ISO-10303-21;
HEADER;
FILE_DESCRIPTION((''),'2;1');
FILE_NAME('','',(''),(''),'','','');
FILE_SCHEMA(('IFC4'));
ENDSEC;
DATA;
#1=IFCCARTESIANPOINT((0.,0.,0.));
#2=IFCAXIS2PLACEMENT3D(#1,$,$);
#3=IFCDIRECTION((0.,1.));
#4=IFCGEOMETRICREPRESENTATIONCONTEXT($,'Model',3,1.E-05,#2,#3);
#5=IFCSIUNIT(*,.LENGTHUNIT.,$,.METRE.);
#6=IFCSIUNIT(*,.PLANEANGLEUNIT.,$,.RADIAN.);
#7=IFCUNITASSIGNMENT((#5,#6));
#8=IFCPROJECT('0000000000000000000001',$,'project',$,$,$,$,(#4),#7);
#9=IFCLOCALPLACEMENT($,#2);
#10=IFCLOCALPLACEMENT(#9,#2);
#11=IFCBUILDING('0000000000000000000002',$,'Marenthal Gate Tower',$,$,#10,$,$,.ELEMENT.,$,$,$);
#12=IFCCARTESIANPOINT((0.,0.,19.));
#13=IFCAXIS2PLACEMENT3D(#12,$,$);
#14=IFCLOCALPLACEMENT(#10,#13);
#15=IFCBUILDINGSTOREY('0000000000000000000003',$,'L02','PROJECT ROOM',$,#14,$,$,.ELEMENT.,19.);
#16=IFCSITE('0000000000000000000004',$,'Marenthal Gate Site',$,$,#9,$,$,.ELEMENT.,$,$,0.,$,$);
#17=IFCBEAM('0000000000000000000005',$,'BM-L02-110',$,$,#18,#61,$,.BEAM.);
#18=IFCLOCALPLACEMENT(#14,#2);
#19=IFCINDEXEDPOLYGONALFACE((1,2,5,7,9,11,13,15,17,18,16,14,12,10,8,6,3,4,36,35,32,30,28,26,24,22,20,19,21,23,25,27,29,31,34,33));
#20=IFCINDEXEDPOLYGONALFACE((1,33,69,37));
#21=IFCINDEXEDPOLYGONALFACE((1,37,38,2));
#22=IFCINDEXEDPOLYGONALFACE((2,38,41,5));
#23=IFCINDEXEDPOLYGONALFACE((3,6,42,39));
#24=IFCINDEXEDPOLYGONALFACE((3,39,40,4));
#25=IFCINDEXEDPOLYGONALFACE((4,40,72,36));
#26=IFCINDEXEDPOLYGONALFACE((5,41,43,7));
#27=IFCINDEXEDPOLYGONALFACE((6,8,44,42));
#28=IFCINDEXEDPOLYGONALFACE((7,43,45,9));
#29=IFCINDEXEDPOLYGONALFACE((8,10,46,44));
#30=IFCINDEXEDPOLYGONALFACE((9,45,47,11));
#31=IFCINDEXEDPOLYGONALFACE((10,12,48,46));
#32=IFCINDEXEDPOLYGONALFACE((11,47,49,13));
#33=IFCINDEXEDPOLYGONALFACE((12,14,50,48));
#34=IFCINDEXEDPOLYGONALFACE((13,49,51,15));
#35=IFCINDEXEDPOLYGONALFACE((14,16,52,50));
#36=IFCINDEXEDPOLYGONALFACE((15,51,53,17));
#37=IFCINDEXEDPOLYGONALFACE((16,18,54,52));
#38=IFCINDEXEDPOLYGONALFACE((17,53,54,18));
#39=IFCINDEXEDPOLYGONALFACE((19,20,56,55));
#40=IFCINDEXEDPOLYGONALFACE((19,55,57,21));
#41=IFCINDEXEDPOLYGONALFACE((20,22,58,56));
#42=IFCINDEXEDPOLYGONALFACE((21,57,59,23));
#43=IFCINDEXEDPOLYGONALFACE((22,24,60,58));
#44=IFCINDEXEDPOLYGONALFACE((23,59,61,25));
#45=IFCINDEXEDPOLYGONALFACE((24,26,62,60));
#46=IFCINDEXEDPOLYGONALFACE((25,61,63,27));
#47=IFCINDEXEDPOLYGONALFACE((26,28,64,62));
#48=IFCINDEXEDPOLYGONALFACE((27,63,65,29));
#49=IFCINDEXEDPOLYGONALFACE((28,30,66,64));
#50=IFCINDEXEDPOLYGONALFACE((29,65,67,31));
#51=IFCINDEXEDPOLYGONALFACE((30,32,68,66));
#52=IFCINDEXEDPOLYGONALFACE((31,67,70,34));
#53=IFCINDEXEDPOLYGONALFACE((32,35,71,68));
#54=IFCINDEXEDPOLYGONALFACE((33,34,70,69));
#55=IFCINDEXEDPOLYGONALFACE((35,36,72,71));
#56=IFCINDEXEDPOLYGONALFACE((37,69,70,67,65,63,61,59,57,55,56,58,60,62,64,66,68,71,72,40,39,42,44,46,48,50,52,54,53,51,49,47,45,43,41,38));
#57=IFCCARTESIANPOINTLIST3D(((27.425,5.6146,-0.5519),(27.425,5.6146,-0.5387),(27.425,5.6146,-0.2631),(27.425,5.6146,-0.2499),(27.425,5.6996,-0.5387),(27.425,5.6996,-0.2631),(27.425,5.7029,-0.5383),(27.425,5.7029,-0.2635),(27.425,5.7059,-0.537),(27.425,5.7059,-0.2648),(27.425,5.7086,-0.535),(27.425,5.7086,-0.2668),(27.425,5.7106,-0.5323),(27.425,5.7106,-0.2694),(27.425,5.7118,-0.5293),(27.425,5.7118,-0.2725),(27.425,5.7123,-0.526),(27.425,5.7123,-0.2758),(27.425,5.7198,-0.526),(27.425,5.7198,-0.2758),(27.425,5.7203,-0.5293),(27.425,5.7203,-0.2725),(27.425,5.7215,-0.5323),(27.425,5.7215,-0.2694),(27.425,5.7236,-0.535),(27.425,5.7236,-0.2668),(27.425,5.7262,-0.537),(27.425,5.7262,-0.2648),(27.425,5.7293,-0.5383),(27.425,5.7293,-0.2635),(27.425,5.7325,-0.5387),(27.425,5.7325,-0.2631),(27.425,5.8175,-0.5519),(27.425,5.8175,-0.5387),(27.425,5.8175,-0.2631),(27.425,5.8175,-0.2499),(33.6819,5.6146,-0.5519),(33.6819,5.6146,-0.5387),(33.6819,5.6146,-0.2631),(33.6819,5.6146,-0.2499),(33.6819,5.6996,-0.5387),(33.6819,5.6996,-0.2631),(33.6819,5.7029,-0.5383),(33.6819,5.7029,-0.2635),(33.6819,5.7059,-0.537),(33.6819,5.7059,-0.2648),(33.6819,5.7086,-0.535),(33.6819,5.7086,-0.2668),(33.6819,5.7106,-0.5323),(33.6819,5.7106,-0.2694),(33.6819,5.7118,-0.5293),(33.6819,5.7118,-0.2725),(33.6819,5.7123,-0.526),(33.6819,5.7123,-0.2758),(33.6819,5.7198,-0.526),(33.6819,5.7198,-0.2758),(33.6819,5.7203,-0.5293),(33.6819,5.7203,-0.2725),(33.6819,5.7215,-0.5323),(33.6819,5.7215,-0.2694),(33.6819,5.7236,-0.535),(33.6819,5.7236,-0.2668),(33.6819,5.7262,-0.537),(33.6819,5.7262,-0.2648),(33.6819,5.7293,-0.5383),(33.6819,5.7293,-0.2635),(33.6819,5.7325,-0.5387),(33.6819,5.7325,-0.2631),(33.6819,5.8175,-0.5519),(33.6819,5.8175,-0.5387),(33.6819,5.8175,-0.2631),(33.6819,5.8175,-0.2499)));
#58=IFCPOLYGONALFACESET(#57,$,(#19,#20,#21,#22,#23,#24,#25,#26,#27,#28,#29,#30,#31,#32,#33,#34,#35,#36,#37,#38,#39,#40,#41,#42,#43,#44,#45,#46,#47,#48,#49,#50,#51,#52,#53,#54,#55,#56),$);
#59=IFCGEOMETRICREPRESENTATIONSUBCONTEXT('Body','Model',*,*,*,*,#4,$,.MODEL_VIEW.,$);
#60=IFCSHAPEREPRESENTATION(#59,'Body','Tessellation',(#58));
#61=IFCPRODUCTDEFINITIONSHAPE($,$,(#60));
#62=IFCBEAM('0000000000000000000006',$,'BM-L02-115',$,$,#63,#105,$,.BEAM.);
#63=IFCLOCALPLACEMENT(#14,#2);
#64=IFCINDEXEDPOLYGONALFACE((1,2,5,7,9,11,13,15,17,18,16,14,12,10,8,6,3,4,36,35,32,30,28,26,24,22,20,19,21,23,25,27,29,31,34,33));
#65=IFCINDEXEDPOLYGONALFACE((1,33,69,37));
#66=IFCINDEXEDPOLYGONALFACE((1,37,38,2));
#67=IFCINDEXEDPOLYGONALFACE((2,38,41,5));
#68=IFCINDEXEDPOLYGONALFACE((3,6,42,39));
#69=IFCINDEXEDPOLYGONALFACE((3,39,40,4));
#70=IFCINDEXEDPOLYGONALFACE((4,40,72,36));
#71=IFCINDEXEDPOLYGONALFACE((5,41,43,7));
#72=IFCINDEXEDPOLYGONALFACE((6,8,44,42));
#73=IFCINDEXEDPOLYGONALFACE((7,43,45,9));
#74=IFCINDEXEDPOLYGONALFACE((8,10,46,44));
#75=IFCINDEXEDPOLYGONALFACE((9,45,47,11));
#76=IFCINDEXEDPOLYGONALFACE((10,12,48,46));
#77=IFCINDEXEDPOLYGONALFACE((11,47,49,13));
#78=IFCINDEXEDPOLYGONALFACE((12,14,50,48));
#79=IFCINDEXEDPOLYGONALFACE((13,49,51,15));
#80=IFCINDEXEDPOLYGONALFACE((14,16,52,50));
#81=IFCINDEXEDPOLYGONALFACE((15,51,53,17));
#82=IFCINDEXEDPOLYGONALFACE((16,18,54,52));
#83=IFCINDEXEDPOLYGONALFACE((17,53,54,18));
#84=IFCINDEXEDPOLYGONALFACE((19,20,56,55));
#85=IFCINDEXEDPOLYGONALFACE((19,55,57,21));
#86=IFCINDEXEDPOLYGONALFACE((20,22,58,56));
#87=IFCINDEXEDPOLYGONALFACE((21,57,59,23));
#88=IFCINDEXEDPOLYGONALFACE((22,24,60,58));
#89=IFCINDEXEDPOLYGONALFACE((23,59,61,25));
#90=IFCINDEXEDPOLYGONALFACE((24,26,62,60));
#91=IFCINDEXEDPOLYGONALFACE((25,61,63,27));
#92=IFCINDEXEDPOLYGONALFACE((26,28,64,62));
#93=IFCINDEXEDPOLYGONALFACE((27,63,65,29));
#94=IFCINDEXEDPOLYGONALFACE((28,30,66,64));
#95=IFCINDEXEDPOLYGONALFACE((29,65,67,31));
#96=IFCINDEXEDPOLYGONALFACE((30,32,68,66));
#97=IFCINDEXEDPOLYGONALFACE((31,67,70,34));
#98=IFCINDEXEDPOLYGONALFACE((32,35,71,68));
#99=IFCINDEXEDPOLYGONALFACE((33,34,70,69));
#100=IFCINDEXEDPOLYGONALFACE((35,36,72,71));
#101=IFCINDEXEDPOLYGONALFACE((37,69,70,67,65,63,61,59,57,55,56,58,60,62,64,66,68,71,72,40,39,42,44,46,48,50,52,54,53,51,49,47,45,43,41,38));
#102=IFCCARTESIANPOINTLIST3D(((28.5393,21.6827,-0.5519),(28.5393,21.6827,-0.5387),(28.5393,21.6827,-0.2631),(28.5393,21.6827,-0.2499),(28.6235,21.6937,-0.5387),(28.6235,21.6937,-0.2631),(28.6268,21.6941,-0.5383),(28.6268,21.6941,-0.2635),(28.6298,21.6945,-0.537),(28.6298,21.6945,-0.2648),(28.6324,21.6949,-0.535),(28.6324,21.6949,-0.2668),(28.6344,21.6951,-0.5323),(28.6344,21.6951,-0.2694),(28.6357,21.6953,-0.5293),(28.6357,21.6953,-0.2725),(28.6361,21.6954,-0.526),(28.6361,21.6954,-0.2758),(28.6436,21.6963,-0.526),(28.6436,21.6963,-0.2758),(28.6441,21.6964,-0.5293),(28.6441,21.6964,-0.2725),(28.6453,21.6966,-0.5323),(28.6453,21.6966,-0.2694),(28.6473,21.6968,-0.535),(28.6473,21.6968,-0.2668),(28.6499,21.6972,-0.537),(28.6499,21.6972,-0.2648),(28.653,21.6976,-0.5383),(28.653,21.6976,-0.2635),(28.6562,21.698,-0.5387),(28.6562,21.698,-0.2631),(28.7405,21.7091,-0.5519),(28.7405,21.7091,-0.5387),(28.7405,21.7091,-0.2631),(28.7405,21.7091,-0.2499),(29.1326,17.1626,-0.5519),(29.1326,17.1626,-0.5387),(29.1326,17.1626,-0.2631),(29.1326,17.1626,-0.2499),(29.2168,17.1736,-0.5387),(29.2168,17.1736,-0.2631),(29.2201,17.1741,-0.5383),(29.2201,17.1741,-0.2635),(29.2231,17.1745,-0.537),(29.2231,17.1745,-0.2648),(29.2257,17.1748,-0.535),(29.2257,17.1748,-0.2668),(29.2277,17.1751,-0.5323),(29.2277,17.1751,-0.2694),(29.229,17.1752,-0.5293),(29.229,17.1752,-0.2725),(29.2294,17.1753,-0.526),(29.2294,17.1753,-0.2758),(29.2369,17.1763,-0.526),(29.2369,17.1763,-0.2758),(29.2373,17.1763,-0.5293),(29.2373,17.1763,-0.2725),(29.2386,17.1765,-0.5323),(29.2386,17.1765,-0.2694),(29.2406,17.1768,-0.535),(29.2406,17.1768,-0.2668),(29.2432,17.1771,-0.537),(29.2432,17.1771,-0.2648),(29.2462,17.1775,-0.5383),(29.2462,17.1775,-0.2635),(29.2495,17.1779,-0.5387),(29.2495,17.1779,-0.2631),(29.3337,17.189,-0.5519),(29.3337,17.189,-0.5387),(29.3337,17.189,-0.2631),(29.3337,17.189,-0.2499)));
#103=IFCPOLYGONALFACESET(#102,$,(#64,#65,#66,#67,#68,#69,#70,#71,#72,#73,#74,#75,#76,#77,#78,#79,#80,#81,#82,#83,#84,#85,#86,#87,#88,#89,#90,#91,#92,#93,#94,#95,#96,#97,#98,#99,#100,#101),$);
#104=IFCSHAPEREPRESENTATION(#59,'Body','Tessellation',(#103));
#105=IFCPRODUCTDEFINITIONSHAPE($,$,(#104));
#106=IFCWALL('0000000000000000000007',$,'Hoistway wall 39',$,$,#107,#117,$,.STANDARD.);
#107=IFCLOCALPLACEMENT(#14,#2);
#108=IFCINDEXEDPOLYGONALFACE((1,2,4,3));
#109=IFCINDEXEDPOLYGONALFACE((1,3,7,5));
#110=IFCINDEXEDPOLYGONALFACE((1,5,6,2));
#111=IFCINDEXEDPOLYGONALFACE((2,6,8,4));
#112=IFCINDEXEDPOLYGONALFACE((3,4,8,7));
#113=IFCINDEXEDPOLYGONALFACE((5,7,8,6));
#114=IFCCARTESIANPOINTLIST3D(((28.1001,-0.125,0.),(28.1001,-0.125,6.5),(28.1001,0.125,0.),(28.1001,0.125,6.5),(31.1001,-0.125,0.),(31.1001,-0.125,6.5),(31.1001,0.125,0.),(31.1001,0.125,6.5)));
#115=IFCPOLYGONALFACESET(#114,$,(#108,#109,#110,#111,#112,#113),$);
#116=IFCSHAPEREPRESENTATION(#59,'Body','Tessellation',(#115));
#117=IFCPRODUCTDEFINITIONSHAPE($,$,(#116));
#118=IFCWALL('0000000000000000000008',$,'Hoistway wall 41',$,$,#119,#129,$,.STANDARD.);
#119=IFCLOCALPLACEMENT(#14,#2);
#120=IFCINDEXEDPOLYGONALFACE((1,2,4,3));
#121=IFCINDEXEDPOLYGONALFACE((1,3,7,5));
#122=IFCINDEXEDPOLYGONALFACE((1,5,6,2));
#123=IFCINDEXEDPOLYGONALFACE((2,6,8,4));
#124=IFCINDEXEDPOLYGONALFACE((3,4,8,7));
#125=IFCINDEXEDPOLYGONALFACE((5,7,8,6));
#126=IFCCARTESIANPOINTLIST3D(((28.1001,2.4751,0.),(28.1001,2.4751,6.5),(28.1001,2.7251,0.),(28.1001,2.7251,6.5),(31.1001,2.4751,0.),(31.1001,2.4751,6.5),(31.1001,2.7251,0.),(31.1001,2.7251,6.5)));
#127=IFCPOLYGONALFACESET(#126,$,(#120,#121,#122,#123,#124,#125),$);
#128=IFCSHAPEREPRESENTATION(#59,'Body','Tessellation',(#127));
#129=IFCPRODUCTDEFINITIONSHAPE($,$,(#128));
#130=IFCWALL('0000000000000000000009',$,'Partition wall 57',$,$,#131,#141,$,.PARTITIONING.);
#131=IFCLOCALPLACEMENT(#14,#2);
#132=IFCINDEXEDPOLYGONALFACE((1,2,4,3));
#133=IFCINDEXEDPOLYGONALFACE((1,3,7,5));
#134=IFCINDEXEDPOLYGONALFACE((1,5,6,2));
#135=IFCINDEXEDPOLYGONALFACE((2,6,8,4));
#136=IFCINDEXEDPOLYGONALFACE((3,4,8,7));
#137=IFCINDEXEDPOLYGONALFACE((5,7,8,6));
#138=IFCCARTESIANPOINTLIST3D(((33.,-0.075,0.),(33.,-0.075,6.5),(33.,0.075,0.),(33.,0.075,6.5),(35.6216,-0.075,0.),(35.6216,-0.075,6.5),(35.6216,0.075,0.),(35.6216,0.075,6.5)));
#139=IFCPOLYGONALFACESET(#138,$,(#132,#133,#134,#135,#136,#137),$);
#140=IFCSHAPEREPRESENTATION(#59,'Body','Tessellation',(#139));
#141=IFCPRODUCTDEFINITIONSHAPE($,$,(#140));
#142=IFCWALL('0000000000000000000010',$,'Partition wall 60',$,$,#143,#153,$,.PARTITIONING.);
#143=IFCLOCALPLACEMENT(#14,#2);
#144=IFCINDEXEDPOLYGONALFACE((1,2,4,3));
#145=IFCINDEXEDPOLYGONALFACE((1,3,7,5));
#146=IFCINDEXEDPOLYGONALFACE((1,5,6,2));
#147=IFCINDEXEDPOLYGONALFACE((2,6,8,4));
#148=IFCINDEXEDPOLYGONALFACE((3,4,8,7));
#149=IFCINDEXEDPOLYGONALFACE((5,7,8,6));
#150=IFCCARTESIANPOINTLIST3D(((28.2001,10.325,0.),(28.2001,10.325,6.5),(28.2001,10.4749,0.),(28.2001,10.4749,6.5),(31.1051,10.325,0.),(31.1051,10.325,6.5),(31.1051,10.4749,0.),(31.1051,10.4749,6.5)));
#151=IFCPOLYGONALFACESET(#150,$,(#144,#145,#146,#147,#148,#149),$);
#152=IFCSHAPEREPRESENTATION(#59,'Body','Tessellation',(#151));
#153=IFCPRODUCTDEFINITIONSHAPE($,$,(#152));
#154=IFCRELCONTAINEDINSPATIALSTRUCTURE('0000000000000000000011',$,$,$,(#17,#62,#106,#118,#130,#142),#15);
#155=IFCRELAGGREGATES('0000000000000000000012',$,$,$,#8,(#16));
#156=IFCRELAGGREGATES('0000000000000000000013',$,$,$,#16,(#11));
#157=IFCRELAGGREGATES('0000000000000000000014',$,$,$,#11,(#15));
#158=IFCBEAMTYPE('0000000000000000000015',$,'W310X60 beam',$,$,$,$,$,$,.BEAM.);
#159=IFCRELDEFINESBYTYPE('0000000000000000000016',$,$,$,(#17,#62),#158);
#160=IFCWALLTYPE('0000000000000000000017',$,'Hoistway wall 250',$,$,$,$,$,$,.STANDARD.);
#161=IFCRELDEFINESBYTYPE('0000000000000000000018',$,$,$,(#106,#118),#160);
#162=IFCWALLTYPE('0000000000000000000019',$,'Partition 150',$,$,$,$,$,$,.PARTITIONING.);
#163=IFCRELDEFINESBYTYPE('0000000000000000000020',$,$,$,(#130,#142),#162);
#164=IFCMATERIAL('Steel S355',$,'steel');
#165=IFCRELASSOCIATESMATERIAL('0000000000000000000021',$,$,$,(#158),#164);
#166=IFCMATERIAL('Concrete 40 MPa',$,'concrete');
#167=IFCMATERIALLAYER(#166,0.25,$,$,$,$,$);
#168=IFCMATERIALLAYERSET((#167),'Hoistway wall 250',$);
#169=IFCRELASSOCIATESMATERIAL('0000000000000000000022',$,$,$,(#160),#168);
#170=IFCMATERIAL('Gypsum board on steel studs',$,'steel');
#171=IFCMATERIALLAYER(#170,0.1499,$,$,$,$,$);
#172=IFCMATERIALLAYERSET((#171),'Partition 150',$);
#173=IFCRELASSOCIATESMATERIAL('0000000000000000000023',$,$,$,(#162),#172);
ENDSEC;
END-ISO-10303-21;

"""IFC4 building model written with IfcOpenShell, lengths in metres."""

from ifc_helpers import new_model, si_unit, direction, frame, frame_2d, origin, origin_2d, place, context, subcontext, project, spatial, rectangle, i_section, extrude, material, layer, layer_set, material_profile, profile_set, type_object, element, save


model = new_model("IFC4")

# Units and contexts
model_context = context("Model", 3, precision=1e-05, world=origin(), true_north=direction((0.0, 1.0)))
body_context = subcontext(model_context, "Body", "Model", "MODEL_VIEW")
ifc_project = project(units=[si_unit("LENGTHUNIT", "METRE"), si_unit("PLANEANGLEUNIT", "RADIAN")], contexts=[model_context])

# Site, building, storey
site_placement = place(None, origin())
site = spatial("IfcSite", under=ifc_project, at=site_placement, Name="Marenthal Gate Site", CompositionType="ELEMENT", RefElevation=0.0)
building_placement = place(site_placement, origin())
building = spatial("IfcBuilding", under=site, at=building_placement, Name="Marenthal Gate Tower", CompositionType="ELEMENT")
storey_placement = place(building_placement, frame((0.0, 0.0, 19.0)))
storey = spatial("IfcBuildingStorey", under=building, at=storey_placement, Name="L02", Description="PROJECT ROOM", CompositionType="ELEMENT", Elevation=19.0)

# Beams
ifc_material_1 = material(Name="Steel S355", Category="steel")
ifc_material_profile_1 = material_profile(ifc_material_1, i_section(OverallWidth=0.2029, OverallDepth=0.302, WebThickness=0.0076, FlangeThickness=0.0132, FilletRadius=0.0127, at=origin_2d()), Name="W310X60")
ifc_profile_set_1 = profile_set([ifc_material_profile_1], Name="Steel S355")
beam_type_1 = type_object("IfcBeamType", Name="W310X60 beam", PredefinedType="BEAM", material=ifc_profile_set_1)
beam_1_placement = place(storey_placement, frame((27.425, 5.7161, -0.4009), z_axis=(1.0, 0.0, 0.0), x_axis=(0.0, 1.0, 0.0)))
element("IfcBeam", 1, at=beam_1_placement, inside=storey, type_object=beam_type_1, Name="BM-L02-110", PredefinedType="BEAM", context=body_context, shape_type="SweptSolid", body=[
    extrude(i_section(OverallWidth=0.2029, OverallDepth=0.302, WebThickness=0.0076, FlangeThickness=0.0132, FilletRadius=0.0127, at=origin_2d()), origin(), (0.0, 0.0, 1.0), 6.2568),
])
beam_2_placement = place(storey_placement, frame((29.2332, 17.1758, -0.4009), z_axis=(-0.130136, 0.991496, 0.0), x_axis=(-0.991496, -0.130136, 0.0)))
element("IfcBeam", 2, at=beam_2_placement, inside=storey, type_object=beam_type_1, Name="BM-L02-115", PredefinedType="BEAM", context=body_context, shape_type="SweptSolid", body=[
    extrude(i_section(OverallWidth=0.2029, OverallDepth=0.302, WebThickness=0.0076, FlangeThickness=0.0132, FilletRadius=0.0127, at=origin_2d()), origin(), (0.0, 0.0, 1.0), 4.5588),
])

# Walls
ifc_material_2 = material(Name="Concrete 40 MPa", Category="concrete")
ifc_layer_1 = layer(ifc_material_2, 0.25)
ifc_layer_set_1 = layer_set([ifc_layer_1], Name="Hoistway wall 250")
wall_type_1 = type_object("IfcWallType", Name="Hoistway wall 250", PredefinedType="STANDARD", material=ifc_layer_set_1)
for number, where, z_axis, x_axis, name in (
    (3, (28.1001, 0.0, 0.0), (0.0, 0.0, 1.0), (1.0, 0.0, 0.0), "Hoistway wall 39"),
    (4, (28.1001, 2.6001, 0.0), (0.0, 0.0, 1.0), (1.0, 0.0, 0.0), "Hoistway wall 41"),
):
    element("IfcWall", number, at=place(storey_placement, frame(where, z_axis=z_axis, x_axis=x_axis)), inside=storey, type_object=wall_type_1, Name=name, PredefinedType="STANDARD", context=body_context, shape_type="SweptSolid", body=[
        extrude(rectangle(XDim=3.0, YDim=0.25, at=frame_2d((1.5, 0.0))), origin(), (0.0, 0.0, 1.0), 6.5),
    ])
ifc_material_3 = material(Name="Gypsum board on steel studs", Category="steel")
ifc_layer_2 = layer(ifc_material_3, 0.1499)
ifc_layer_set_2 = layer_set([ifc_layer_2], Name="Partition 150")
wall_type_2 = type_object("IfcWallType", Name="Partition 150", PredefinedType="PARTITIONING", material=ifc_layer_set_2)
wall_1_placement = place(storey_placement, frame((33.0, 0.0, 0.0), z_axis=(0.0, 0.0, 1.0), x_axis=(1.0, 0.0, 0.0)))
element("IfcWall", 5, at=wall_1_placement, inside=storey, type_object=wall_type_2, Name="Partition wall 57", PredefinedType="PARTITIONING", context=body_context, shape_type="SweptSolid", body=[
    extrude(rectangle(XDim=2.6216, YDim=0.1499, at=frame_2d((1.3108, 0.0))), origin(), (0.0, 0.0, 1.0), 6.5),
])
wall_2_placement = place(storey_placement, frame((28.2, 10.3999, 0.0), z_axis=(0.0, 0.0, 1.0), x_axis=(1.0, 0.0, 0.0)))
element("IfcWall", 6, at=wall_2_placement, inside=storey, type_object=wall_type_2, Name="Partition wall 60", PredefinedType="PARTITIONING", context=body_context, shape_type="SweptSolid", body=[
    extrude(rectangle(XDim=2.905, YDim=0.1499, at=frame_2d((1.4526, 0.0))), origin(), (0.0, 0.0, 1.0), 6.5),
])

save(model, "model.ifc")
